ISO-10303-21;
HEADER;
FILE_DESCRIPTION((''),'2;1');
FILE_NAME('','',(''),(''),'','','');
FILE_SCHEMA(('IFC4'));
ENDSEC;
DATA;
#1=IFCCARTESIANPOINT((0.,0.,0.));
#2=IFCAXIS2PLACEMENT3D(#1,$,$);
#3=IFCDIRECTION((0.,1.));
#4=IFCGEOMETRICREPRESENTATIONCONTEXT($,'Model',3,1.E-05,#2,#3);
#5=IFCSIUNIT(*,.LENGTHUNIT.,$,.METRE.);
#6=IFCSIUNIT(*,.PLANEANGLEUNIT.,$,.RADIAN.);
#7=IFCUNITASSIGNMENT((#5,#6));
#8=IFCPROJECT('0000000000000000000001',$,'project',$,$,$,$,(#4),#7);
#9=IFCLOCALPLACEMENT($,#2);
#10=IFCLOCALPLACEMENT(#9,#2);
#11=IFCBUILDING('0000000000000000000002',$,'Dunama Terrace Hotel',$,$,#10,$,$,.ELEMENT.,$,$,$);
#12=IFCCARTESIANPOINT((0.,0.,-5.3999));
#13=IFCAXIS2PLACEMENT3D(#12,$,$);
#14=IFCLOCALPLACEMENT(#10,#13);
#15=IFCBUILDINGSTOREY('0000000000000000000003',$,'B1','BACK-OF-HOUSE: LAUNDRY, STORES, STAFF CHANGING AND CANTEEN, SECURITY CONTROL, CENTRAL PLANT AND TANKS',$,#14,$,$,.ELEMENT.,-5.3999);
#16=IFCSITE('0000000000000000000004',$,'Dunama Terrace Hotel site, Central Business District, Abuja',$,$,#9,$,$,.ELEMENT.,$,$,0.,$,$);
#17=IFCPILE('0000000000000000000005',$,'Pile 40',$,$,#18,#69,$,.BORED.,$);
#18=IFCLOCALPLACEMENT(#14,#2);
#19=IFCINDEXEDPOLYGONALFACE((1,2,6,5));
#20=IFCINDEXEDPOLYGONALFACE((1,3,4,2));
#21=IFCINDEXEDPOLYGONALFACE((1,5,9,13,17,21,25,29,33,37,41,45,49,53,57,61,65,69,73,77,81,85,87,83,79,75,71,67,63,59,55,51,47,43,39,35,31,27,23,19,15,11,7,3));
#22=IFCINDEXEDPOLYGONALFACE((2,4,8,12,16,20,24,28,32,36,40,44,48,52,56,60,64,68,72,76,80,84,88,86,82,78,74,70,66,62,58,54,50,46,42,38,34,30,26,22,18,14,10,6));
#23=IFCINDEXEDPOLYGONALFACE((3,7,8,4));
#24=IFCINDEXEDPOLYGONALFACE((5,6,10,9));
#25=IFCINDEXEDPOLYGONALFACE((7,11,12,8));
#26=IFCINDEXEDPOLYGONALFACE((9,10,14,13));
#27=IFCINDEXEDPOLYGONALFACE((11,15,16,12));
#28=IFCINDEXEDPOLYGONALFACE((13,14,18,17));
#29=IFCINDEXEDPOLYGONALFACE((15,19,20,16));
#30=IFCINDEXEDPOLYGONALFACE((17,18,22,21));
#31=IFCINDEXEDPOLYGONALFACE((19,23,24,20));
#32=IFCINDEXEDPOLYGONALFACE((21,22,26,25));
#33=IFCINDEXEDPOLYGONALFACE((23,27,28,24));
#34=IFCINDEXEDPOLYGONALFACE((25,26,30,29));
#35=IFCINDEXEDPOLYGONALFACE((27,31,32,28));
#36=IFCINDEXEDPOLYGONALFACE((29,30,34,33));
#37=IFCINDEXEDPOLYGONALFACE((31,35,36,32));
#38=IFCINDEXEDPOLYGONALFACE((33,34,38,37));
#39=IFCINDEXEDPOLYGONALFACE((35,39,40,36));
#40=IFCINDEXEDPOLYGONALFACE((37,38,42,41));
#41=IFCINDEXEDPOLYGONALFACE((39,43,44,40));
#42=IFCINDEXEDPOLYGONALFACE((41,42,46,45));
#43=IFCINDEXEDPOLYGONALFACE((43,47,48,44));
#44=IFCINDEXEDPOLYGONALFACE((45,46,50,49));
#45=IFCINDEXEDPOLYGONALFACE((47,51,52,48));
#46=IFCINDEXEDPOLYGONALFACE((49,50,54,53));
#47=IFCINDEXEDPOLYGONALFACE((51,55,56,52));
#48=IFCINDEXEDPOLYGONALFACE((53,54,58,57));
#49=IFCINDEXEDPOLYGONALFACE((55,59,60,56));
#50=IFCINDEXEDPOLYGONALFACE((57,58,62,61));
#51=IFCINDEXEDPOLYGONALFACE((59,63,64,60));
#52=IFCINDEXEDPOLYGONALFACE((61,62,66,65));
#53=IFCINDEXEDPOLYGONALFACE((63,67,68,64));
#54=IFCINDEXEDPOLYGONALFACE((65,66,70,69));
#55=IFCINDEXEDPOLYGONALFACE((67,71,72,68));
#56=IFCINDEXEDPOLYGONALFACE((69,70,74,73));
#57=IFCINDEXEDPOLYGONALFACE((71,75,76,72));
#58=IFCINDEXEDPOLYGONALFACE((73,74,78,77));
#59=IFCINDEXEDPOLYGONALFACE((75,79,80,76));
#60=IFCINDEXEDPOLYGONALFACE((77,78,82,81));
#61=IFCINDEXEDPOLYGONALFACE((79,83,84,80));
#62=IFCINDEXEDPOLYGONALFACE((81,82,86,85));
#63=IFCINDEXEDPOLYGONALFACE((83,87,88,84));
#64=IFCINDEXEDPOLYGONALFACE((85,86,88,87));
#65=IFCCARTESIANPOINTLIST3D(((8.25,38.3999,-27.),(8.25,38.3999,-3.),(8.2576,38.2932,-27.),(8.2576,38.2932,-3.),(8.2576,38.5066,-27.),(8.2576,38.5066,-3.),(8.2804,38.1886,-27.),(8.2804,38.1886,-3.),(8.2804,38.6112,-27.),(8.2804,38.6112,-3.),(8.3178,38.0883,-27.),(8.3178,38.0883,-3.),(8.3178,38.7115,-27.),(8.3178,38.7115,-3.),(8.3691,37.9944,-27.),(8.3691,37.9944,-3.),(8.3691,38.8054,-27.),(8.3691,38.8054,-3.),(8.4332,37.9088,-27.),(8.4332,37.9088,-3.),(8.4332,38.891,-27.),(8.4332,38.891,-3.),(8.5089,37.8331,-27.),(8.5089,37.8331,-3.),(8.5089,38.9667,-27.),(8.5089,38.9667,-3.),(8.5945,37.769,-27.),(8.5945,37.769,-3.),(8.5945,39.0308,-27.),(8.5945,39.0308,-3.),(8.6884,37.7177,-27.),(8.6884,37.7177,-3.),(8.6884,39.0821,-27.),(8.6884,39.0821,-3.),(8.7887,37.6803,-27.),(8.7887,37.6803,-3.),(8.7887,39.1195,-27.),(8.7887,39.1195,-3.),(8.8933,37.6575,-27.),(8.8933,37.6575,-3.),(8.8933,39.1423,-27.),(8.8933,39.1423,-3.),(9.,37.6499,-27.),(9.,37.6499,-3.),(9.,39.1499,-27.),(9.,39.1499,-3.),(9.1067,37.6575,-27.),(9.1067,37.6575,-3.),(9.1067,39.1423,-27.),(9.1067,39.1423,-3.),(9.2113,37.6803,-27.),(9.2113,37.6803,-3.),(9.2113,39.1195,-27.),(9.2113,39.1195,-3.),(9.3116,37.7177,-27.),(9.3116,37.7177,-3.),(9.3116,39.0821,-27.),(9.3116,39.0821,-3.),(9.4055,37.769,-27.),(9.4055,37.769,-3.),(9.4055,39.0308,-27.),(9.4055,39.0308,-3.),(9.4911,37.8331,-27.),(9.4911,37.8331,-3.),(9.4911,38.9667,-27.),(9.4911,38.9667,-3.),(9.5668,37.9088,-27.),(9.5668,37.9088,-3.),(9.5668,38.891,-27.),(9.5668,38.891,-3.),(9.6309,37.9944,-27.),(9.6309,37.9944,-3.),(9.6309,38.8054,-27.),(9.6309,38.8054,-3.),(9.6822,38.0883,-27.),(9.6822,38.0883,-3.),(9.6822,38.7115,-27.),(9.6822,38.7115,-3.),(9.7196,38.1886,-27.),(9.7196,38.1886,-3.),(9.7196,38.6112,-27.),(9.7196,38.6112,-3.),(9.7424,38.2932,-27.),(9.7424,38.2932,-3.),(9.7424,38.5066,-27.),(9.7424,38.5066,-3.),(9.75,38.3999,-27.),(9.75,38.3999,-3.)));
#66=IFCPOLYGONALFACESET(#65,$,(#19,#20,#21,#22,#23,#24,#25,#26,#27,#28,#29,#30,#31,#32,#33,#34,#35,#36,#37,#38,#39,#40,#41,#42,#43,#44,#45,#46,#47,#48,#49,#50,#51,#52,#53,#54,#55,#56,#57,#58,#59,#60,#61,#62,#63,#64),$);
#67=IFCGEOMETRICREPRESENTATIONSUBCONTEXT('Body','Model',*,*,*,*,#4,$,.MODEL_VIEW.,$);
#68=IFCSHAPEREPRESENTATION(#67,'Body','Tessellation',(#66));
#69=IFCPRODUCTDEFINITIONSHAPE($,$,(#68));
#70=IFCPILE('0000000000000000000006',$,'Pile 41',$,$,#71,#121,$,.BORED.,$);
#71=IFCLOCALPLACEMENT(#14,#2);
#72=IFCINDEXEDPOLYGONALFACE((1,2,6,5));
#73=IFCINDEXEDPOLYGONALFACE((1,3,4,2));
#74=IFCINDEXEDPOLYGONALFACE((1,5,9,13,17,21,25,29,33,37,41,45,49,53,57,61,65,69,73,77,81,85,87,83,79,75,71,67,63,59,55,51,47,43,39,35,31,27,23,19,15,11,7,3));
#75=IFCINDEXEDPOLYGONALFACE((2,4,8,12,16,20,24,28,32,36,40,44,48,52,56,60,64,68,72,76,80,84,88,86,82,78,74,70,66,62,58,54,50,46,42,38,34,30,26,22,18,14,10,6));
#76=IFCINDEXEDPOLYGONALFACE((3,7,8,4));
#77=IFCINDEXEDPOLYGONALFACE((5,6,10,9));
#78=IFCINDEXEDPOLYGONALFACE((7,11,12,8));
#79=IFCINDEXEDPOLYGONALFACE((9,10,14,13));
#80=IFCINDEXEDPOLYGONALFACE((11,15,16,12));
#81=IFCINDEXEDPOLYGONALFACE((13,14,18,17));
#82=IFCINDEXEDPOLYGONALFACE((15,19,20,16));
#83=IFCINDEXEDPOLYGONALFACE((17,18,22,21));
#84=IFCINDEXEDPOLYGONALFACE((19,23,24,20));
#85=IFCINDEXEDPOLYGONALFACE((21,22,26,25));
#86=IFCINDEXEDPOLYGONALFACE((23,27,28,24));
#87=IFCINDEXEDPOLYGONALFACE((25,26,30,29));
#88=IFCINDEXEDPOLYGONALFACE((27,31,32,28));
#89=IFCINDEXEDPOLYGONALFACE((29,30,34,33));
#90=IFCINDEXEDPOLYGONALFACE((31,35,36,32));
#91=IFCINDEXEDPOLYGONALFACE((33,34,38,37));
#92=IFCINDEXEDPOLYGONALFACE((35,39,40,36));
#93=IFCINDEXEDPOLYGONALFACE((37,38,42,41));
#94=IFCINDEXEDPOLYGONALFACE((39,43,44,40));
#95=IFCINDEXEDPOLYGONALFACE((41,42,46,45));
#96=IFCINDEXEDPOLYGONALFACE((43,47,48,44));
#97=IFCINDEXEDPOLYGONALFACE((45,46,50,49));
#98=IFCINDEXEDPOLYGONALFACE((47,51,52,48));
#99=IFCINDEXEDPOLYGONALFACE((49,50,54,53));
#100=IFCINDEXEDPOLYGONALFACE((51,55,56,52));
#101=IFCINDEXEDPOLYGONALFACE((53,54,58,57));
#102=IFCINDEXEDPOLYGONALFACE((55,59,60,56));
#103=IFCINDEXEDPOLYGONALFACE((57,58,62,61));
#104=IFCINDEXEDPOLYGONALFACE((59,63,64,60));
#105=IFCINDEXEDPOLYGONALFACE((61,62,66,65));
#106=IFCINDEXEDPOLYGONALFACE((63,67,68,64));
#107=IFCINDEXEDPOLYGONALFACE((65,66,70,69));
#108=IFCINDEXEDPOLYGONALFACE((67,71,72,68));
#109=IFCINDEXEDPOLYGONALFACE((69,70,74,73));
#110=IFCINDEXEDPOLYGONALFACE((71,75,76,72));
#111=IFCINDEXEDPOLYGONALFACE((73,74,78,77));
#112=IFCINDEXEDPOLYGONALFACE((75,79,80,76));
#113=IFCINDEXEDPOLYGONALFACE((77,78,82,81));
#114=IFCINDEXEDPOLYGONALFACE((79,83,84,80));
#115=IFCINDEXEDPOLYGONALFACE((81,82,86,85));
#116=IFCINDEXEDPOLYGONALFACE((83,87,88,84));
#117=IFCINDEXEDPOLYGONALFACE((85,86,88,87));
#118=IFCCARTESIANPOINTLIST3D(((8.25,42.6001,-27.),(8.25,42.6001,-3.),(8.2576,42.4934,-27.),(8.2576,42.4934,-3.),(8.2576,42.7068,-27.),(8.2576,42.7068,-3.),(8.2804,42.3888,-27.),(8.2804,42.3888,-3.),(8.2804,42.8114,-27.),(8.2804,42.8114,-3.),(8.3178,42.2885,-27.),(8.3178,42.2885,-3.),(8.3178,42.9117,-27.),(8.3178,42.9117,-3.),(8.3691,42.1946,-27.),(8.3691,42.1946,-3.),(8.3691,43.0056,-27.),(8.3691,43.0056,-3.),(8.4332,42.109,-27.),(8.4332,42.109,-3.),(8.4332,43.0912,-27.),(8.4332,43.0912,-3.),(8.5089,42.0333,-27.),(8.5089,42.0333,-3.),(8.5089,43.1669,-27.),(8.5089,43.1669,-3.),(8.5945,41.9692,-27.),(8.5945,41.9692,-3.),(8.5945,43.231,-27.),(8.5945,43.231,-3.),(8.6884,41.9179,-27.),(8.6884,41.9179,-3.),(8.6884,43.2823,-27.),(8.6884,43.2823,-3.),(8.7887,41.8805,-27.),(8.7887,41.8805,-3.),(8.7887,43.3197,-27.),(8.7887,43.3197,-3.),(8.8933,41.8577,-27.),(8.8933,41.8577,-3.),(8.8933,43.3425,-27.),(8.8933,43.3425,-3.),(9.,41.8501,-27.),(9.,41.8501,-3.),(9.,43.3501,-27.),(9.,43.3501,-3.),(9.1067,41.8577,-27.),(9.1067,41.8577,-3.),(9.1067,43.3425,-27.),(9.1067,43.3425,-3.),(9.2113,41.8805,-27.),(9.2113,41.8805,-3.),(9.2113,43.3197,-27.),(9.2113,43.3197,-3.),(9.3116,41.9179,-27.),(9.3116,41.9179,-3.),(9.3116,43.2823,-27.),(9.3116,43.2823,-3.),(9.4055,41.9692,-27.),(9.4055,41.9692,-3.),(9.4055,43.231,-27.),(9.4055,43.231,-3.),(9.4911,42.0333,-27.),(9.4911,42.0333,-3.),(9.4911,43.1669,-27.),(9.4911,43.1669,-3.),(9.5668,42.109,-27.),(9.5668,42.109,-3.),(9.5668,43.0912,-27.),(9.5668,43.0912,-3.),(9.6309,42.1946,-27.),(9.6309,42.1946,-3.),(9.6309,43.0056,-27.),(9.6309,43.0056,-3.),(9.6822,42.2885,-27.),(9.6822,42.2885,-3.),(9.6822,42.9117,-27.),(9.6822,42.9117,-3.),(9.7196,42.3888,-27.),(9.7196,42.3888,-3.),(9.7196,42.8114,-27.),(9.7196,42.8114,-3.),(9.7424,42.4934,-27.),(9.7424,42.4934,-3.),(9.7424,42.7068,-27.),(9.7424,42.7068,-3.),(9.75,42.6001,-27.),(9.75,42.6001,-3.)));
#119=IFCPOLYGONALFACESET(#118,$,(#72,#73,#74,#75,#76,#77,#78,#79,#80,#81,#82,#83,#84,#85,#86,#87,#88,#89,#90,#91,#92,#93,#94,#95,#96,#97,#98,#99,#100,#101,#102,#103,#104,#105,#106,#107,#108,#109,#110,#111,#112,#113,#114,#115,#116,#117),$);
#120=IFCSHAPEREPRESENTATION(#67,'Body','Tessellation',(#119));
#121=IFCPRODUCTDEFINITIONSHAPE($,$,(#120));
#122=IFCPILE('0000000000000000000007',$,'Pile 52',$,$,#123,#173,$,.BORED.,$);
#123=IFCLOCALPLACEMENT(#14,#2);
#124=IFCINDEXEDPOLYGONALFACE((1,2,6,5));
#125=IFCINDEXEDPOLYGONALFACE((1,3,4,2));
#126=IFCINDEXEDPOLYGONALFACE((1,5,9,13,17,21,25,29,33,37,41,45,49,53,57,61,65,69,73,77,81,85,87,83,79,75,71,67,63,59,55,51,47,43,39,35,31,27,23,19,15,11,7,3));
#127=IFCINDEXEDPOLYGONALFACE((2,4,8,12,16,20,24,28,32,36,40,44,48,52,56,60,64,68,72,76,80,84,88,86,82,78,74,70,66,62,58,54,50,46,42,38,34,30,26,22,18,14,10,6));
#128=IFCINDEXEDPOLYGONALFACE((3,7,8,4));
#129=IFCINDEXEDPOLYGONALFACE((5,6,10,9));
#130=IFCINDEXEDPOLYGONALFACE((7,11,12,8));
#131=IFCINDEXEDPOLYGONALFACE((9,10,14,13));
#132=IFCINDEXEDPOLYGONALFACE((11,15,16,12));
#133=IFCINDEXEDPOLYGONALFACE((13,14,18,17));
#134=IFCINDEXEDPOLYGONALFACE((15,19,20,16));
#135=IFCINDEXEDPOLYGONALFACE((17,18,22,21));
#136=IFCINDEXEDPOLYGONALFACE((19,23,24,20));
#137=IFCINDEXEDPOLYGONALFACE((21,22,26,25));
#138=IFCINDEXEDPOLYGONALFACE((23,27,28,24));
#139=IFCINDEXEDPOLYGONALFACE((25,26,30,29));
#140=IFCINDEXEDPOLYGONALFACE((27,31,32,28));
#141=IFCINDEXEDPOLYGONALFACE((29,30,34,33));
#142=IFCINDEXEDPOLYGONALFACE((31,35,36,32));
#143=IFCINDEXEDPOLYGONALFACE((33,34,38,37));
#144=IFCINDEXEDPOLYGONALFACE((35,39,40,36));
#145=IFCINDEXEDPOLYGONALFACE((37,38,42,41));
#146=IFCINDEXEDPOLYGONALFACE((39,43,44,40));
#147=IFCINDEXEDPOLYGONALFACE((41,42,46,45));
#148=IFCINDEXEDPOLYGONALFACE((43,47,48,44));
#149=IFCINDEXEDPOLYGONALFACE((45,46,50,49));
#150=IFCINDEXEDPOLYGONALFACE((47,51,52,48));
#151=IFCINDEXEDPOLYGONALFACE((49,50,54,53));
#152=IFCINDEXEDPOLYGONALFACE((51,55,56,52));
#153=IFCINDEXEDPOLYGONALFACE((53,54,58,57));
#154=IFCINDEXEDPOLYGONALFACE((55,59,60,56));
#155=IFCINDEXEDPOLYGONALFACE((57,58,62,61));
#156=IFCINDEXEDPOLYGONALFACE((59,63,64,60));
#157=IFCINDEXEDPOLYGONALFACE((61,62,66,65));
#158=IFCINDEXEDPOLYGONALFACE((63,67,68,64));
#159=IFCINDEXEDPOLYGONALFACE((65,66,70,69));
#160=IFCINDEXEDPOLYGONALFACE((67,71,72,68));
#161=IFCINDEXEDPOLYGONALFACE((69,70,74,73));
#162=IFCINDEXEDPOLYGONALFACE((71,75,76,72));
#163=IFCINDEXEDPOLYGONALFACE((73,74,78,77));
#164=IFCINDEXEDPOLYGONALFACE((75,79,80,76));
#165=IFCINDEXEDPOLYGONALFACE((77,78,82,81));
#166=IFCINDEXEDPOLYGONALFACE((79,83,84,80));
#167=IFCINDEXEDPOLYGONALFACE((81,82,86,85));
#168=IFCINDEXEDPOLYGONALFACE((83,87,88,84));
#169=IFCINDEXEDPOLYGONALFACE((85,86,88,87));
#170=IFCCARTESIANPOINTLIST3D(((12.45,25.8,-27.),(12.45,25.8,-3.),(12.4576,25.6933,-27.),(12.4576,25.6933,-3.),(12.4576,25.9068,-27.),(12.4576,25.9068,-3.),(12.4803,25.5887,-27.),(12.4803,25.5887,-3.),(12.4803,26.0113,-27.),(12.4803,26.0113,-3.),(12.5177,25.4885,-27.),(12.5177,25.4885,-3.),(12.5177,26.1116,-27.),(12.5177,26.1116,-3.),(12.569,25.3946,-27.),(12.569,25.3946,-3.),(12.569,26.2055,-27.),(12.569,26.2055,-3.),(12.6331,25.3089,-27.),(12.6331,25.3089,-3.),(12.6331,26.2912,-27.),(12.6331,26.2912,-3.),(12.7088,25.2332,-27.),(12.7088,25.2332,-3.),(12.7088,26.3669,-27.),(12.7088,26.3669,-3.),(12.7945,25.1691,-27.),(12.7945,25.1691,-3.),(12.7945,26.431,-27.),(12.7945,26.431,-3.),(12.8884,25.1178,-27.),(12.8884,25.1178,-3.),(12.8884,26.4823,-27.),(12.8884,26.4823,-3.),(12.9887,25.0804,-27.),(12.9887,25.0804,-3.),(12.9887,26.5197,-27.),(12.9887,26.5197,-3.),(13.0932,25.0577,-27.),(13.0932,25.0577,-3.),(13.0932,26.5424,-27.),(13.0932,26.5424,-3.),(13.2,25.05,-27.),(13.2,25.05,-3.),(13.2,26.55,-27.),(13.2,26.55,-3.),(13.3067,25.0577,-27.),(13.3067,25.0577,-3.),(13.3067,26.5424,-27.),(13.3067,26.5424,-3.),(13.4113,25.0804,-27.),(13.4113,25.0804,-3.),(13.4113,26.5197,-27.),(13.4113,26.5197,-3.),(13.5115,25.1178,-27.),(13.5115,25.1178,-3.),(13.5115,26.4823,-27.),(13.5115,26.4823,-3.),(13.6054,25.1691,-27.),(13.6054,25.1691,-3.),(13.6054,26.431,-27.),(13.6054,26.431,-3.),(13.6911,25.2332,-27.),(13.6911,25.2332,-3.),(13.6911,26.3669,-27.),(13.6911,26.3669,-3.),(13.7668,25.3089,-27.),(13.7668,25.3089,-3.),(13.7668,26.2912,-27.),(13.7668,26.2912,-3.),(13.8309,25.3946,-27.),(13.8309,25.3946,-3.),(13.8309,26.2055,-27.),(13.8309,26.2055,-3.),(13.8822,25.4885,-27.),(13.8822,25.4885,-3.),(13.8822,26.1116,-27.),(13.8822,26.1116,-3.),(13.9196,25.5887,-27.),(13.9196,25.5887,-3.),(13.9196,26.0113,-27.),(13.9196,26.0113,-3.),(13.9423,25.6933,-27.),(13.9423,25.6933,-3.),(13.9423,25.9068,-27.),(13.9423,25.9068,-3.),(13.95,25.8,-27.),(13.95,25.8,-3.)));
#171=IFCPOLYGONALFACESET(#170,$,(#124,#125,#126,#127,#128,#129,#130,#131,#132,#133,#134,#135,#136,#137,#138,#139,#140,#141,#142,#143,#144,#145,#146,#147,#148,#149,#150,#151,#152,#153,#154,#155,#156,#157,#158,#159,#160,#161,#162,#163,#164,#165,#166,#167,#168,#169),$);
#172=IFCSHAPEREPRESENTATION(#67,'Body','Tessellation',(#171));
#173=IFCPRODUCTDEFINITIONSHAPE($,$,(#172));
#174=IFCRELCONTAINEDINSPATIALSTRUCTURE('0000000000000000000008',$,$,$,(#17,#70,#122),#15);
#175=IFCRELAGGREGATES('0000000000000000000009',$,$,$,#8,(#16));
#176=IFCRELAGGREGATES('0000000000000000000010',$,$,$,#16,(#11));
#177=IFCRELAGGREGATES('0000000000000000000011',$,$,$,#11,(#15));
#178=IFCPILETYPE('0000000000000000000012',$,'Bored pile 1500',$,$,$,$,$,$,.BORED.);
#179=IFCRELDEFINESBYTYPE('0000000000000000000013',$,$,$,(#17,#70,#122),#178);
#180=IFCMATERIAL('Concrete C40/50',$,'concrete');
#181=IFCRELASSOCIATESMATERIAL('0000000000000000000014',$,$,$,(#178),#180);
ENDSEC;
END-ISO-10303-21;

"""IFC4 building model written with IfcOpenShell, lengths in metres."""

from ifc_helpers import new_model, si_unit, direction, frame, origin, origin_2d, place, context, subcontext, project, spatial, circle, extrude, material, material_profile, profile_set, type_object, element, save


model = new_model("IFC4")

# Units and contexts
model_context = context("Model", 3, precision=1e-05, world=origin(), true_north=direction((0.0, 1.0)))
body_context = subcontext(model_context, "Body", "Model", "MODEL_VIEW")
ifc_project = project(units=[si_unit("LENGTHUNIT", "METRE"), si_unit("PLANEANGLEUNIT", "RADIAN")], contexts=[model_context])

# Site, building, storey
site_placement = place(None, origin())
site = spatial("IfcSite", under=ifc_project, at=site_placement, Name="Dunama Terrace Hotel site, Central Business District, Abuja", CompositionType="ELEMENT", RefElevation=0.0)
building_placement = place(site_placement, origin())
building = spatial("IfcBuilding", under=site, at=building_placement, Name="Dunama Terrace Hotel", CompositionType="ELEMENT")
storey_placement = place(building_placement, frame((0.0, 0.0, -5.3999)))
storey = spatial("IfcBuildingStorey", under=building, at=storey_placement, Name="B1", Description="BACK-OF-HOUSE: LAUNDRY, STORES, STAFF CHANGING AND CANTEEN, SECURITY CONTROL, CENTRAL PLANT AND TANKS", CompositionType="ELEMENT", Elevation=-5.3999)

# Piles
ifc_material_1 = material(Name="Concrete C40/50", Category="concrete")
ifc_material_profile_1 = material_profile(ifc_material_1, circle(Radius=0.75, at=origin_2d()), Name="PILE D1500")
ifc_profile_set_1 = profile_set([ifc_material_profile_1], Name="Concrete C40/50")
pile_type = type_object("IfcPileType", Name="Bored pile 1500", PredefinedType="BORED", material=ifc_profile_set_1)
for number, where, z_axis, x_axis, name in (
    (1, (9.0, 38.3999, -3.0), (0.0, 0.0, -1.0), (1.0, 0.0, 0.0), "Pile 40"),
    (2, (9.0, 42.6001, -3.0), (0.0, 0.0, -1.0), (1.0, 0.0, 0.0), "Pile 41"),
    (3, (13.2, 25.8, -3.0), (0.0, 0.0, -1.0), (1.0, 0.0, 0.0), "Pile 52"),
):
    element("IfcPile", number, at=place(storey_placement, frame(where, z_axis=z_axis, x_axis=x_axis)), inside=storey, type_object=pile_type, Name=name, PredefinedType="BORED", context=body_context, shape_type="SweptSolid", body=[
        extrude(circle(Radius=0.75, at=origin_2d()), origin(), (0.0, 0.0, 1.0), 24.0),
    ])

save(model, "model.ifc")
